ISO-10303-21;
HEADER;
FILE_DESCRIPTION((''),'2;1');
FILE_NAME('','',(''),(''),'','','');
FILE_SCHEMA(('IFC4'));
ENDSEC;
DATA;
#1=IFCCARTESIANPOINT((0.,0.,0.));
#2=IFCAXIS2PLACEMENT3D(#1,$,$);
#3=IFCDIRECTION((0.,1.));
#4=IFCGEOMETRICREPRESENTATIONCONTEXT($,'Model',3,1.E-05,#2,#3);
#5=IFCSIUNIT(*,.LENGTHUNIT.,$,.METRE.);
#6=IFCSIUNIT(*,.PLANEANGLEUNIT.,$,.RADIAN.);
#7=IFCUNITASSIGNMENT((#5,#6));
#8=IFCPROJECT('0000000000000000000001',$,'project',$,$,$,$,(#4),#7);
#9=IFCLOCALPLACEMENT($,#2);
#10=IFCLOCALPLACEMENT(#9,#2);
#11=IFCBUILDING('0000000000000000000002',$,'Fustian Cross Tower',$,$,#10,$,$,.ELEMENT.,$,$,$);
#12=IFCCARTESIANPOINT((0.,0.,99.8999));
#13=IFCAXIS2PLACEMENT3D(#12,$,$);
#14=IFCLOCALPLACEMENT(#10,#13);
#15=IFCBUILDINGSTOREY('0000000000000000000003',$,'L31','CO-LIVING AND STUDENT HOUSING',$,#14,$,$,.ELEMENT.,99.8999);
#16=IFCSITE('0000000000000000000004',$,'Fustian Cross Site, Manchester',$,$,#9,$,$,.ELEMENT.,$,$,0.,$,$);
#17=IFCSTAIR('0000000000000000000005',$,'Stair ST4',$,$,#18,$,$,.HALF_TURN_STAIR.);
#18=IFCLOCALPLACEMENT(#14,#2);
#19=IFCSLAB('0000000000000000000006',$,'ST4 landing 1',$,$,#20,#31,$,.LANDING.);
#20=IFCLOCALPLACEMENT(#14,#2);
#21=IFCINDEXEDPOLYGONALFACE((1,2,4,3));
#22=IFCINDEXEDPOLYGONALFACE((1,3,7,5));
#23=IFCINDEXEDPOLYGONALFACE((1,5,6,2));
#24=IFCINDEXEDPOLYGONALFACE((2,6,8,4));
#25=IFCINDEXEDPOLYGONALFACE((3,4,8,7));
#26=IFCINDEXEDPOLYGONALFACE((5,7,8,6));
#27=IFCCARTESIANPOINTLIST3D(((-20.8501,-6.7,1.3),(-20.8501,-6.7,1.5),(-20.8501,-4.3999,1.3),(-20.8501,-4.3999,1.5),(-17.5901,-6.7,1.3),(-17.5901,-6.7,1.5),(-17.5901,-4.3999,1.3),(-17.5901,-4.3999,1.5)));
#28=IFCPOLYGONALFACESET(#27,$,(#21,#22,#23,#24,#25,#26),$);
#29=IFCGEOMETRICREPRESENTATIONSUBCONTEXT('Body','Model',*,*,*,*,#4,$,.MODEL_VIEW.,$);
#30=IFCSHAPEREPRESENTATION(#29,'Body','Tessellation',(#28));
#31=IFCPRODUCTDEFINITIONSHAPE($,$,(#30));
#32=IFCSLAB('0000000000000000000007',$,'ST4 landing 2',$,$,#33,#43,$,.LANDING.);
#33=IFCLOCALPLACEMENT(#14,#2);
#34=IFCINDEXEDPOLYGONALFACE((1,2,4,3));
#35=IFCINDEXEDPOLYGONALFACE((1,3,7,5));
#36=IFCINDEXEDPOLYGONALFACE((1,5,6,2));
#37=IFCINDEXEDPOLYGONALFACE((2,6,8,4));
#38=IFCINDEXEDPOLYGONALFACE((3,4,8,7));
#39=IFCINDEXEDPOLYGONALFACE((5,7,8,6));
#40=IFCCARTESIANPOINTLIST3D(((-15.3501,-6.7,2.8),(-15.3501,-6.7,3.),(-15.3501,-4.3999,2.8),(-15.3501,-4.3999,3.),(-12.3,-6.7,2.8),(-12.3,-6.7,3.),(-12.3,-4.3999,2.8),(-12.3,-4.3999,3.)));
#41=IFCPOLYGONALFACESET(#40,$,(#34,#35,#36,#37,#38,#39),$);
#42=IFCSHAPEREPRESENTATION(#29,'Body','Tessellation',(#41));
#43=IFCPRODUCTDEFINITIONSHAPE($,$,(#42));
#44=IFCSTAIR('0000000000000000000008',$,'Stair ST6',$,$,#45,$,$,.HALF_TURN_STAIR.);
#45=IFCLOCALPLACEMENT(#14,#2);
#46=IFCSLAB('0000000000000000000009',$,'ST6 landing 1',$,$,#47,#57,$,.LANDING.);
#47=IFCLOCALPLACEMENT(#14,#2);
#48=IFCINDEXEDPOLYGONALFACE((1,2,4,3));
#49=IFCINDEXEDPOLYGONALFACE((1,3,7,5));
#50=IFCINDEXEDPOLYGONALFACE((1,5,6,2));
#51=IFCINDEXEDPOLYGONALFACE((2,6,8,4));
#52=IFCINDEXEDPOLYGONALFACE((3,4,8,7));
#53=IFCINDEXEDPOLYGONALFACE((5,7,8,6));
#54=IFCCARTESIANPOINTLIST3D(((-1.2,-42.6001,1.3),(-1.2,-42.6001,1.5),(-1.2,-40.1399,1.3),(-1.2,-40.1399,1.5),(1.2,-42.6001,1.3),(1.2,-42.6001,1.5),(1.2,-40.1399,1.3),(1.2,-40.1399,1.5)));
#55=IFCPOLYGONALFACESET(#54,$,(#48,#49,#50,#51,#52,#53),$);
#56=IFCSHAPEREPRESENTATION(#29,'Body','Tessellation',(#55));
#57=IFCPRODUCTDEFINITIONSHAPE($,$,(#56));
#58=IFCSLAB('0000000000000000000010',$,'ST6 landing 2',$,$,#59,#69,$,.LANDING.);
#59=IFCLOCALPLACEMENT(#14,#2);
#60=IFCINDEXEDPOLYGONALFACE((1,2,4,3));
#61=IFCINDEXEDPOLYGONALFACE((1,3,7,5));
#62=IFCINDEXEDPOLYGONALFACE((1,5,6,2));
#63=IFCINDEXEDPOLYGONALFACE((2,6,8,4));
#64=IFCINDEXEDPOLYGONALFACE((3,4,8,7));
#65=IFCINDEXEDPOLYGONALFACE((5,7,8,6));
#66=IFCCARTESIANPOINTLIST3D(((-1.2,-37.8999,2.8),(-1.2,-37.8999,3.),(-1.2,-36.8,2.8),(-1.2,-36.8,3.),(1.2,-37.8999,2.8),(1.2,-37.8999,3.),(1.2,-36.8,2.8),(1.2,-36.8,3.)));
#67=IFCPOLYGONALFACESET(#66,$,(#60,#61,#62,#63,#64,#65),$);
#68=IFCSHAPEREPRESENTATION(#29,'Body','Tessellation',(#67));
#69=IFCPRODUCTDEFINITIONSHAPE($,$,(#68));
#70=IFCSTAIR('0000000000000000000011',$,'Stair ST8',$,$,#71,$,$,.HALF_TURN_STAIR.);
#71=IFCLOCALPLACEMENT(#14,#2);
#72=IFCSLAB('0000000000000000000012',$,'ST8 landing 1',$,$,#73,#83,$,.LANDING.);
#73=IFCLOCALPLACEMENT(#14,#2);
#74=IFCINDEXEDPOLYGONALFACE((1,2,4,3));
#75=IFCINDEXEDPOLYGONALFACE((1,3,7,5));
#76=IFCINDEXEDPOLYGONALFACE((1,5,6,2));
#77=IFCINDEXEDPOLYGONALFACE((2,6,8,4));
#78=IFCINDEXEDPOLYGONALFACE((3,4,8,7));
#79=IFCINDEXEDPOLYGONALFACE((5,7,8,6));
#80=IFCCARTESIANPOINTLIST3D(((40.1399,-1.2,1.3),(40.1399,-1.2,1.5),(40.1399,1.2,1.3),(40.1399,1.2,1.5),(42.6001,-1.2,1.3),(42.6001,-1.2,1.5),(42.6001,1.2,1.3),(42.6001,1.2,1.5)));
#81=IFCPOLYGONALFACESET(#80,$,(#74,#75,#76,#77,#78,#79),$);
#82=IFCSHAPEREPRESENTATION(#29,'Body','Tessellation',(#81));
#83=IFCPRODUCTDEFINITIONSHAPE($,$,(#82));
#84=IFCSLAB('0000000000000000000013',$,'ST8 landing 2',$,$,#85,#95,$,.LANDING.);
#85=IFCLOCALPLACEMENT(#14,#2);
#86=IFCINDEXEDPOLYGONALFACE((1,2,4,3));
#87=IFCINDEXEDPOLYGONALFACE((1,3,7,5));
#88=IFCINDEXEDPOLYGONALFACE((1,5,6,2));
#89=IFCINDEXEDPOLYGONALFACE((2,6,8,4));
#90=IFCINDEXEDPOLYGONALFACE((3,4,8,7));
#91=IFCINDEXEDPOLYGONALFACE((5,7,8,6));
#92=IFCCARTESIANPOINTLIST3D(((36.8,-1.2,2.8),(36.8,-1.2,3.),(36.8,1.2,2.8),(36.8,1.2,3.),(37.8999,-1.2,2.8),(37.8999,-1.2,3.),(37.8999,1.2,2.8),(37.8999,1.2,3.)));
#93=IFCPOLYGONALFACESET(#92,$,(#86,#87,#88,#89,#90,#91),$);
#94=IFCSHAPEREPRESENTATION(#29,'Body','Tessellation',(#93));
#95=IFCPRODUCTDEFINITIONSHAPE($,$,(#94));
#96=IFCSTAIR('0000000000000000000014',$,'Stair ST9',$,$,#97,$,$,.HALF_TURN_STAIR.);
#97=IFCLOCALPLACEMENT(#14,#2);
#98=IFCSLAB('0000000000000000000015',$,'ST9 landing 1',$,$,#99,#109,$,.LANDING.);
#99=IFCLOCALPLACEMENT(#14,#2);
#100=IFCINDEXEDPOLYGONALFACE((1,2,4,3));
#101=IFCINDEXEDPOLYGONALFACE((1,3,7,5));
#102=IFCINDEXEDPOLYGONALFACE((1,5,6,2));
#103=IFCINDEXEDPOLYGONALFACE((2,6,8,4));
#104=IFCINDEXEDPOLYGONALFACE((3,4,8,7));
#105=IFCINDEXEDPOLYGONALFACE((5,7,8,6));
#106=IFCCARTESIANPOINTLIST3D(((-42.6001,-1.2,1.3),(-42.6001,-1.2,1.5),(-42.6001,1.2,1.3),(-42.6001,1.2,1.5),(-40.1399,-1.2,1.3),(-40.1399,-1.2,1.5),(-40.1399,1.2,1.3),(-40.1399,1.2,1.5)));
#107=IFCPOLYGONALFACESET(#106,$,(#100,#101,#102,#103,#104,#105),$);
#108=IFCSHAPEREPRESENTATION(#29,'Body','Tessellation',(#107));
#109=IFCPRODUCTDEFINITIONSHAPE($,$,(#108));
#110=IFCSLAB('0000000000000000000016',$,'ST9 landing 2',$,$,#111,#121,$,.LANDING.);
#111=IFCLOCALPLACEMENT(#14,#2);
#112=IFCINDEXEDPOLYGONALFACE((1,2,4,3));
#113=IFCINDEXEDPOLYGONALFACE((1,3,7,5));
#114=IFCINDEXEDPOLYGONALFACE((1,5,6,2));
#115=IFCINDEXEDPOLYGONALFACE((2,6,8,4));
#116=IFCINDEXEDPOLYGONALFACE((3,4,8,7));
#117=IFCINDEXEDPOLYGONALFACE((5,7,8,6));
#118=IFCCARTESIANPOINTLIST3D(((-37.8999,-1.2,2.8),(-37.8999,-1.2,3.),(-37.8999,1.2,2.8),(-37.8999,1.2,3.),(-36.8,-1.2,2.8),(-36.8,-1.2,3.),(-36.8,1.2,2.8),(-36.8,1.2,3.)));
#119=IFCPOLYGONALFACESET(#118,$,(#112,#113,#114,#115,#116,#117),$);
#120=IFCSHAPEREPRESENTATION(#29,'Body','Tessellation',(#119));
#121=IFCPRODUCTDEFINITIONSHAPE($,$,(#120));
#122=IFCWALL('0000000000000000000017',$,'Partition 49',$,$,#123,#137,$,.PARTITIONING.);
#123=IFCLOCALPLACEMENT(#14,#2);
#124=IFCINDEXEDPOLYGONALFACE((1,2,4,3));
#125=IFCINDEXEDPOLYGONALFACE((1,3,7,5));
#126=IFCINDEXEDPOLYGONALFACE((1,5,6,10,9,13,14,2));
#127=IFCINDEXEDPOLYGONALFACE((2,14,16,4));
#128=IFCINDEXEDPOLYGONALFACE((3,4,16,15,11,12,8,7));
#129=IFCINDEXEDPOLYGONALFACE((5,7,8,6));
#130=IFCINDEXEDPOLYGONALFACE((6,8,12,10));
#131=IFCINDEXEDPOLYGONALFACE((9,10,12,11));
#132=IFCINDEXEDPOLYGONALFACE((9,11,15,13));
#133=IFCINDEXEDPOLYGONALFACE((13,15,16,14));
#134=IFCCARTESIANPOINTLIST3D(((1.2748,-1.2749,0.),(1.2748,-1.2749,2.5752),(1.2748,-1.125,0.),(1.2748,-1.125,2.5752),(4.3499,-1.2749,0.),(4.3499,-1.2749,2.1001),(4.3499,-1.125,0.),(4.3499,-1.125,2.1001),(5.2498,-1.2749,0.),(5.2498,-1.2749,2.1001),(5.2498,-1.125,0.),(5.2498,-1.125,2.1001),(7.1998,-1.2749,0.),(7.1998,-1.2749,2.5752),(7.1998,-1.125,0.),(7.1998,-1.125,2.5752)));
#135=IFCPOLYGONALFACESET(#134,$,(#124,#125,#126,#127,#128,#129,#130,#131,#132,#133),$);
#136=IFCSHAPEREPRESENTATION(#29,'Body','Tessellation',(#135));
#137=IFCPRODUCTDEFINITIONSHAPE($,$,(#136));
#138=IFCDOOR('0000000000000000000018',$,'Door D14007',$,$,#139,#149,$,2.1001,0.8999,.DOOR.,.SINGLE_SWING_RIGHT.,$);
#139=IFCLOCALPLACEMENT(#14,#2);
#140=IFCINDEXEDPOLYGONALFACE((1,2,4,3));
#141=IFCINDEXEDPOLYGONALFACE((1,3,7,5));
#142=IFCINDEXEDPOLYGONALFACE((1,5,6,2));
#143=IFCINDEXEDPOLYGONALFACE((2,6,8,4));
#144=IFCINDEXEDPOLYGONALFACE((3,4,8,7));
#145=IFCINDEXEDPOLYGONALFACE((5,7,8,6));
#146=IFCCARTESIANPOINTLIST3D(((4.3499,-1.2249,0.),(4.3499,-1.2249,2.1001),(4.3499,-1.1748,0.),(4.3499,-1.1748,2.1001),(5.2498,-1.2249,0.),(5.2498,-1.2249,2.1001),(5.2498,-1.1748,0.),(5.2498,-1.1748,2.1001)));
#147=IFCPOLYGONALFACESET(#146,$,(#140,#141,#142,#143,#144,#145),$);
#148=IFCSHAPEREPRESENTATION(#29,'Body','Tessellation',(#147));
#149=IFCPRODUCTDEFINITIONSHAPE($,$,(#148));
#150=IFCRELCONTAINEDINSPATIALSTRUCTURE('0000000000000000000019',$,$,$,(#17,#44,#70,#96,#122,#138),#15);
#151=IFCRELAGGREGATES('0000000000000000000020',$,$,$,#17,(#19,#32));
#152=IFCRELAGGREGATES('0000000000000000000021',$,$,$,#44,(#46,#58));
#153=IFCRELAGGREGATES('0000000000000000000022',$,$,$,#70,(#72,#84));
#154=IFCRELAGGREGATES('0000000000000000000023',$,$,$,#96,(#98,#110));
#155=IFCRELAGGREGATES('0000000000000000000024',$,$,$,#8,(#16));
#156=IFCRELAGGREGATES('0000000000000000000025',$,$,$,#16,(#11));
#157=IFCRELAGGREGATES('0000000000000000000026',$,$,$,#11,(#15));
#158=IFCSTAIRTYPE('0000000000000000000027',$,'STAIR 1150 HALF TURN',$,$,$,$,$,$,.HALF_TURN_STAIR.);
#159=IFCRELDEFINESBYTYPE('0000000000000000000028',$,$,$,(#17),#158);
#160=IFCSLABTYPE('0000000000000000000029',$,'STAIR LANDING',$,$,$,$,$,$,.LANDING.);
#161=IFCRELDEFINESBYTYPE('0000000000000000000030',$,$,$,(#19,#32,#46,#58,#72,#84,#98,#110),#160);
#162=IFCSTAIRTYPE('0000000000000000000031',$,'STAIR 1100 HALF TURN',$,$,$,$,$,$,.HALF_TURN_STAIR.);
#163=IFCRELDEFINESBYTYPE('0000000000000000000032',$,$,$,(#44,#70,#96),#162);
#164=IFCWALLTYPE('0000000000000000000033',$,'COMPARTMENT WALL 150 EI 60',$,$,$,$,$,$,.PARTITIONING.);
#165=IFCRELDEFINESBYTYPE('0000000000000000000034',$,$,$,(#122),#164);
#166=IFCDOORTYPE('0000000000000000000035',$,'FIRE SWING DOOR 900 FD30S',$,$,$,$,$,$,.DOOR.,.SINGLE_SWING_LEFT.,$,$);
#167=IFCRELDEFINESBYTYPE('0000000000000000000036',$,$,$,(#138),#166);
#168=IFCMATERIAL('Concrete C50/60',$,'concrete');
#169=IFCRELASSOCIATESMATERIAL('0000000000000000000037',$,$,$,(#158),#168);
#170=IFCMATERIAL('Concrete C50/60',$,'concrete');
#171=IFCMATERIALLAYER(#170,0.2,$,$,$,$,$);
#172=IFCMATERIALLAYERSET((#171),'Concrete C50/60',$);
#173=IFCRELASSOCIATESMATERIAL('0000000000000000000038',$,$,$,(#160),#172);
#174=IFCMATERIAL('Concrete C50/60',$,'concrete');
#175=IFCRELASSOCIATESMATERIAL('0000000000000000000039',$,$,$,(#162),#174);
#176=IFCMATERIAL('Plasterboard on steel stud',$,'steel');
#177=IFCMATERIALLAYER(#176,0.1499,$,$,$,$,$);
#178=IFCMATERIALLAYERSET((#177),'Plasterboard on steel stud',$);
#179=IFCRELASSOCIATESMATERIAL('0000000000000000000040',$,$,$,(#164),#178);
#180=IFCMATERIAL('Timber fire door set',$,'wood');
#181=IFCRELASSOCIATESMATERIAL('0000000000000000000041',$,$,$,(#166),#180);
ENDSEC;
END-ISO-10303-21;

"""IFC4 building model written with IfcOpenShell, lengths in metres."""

from ifc_helpers import new_model, si_unit, direction, frame, frame_2d, origin, place, context, subcontext, project, spatial, polyline, rectangle, outline, extrude, material, layer, layer_set, type_object, element, fill, aggregate, save


model = new_model("IFC4")

# Units and contexts
model_context = context("Model", 3, precision=1e-05, world=origin(), true_north=direction((0.0, 1.0)))
body_context = subcontext(model_context, "Body", "Model", "MODEL_VIEW")
ifc_project = project(units=[si_unit("LENGTHUNIT", "METRE"), si_unit("PLANEANGLEUNIT", "RADIAN")], contexts=[model_context])

# Site, building, storey
site_placement = place(None, origin())
site = spatial("IfcSite", under=ifc_project, at=site_placement, Name="Fustian Cross Site, Manchester", CompositionType="ELEMENT", RefElevation=0.0)
building_placement = place(site_placement, origin())
building = spatial("IfcBuilding", under=site, at=building_placement, Name="Fustian Cross Tower", CompositionType="ELEMENT")
storey_placement = place(building_placement, frame((0.0, 0.0, 99.8999)))
storey = spatial("IfcBuildingStorey", under=building, at=storey_placement, Name="L31", Description="CO-LIVING AND STUDENT HOUSING", CompositionType="ELEMENT", Elevation=99.8999)

# Stairs, slabs
ifc_material_1 = material(Name="Concrete C50/60", Category="concrete")
stair_type_1 = type_object("IfcStairType", Name="STAIR 1150 HALF TURN", PredefinedType="HALF_TURN_STAIR", material=ifc_material_1)
stair_1_placement = place(storey_placement, origin())
stair_1 = element("IfcStair", 1, at=stair_1_placement, inside=storey, type_object=stair_type_1, Name="Stair ST4", PredefinedType="HALF_TURN_STAIR")
ifc_material_2 = material(Name="Concrete C50/60", Category="concrete")
ifc_layer_1 = layer(ifc_material_2, 0.2)
ifc_layer_set_1 = layer_set([ifc_layer_1], Name="Concrete C50/60")
slab_type = type_object("IfcSlabType", Name="STAIR LANDING", PredefinedType="LANDING", material=ifc_layer_set_1)
slab_1_placement = place(storey_placement, frame((0.0, 0.0, 1.3)))
slab_1 = element("IfcSlab", 2, at=slab_1_placement, type_object=slab_type, Name="ST4 landing 1", PredefinedType="LANDING", context=body_context, shape_type="SweptSolid", body=[
    extrude(outline(polyline([(-17.5901, -4.3999), (-20.8501, -4.3999), (-20.8501, -6.7), (-17.5901, -6.7), (-17.5901, -4.3999)])), origin(), (0.0, 0.0, 1.0), 0.2),
])
slab_2_placement = place(storey_placement, frame((0.0, 0.0, 2.8)))
slab_2 = element("IfcSlab", 3, at=slab_2_placement, type_object=slab_type, Name="ST4 landing 2", PredefinedType="LANDING", context=body_context, shape_type="SweptSolid", body=[
    extrude(outline(polyline([(-12.3, -4.3999), (-15.3501, -4.3999), (-15.3501, -6.7), (-12.3, -6.7), (-12.3, -4.3999)])), origin(), (0.0, 0.0, 1.0), 0.2),
])
aggregate(stair_1, [slab_1, slab_2])
ifc_material_3 = material(Name="Concrete C50/60", Category="concrete")
stair_type_2 = type_object("IfcStairType", Name="STAIR 1100 HALF TURN", PredefinedType="HALF_TURN_STAIR", material=ifc_material_3)
stair_2_placement = place(storey_placement, origin())
stair_2 = element("IfcStair", 4, at=stair_2_placement, inside=storey, type_object=stair_type_2, Name="Stair ST6", PredefinedType="HALF_TURN_STAIR")
slab_3_placement = place(storey_placement, frame((0.0, 0.0, 1.3)))
slab_3 = element("IfcSlab", 5, at=slab_3_placement, type_object=slab_type, Name="ST6 landing 1", PredefinedType="LANDING", context=body_context, shape_type="SweptSolid", body=[
    extrude(outline(polyline([(-1.2, -40.1399), (-1.2, -42.6001), (1.2, -42.6001), (1.2, -40.1399), (-1.2, -40.1399)])), origin(), (0.0, 0.0, 1.0), 0.2),
])
slab_4_placement = place(storey_placement, frame((0.0, 0.0, 2.8)))
slab_4 = element("IfcSlab", 6, at=slab_4_placement, type_object=slab_type, Name="ST6 landing 2", PredefinedType="LANDING", context=body_context, shape_type="SweptSolid", body=[
    extrude(outline(polyline([(-1.2, -36.8), (-1.2, -37.8999), (1.2, -37.8999), (1.2, -36.8), (-1.2, -36.8)])), origin(), (0.0, 0.0, 1.0), 0.2),
])
aggregate(stair_2, [slab_3, slab_4])
stair_3_placement = place(storey_placement, origin())
stair_3 = element("IfcStair", 7, at=stair_3_placement, inside=storey, type_object=stair_type_2, Name="Stair ST8", PredefinedType="HALF_TURN_STAIR")
slab_5_placement = place(storey_placement, frame((0.0, 0.0, 1.3)))
slab_5 = element("IfcSlab", 8, at=slab_5_placement, type_object=slab_type, Name="ST8 landing 1", PredefinedType="LANDING", context=body_context, shape_type="SweptSolid", body=[
    extrude(outline(polyline([(40.1399, -1.2), (42.6001, -1.2), (42.6001, 1.2), (40.1399, 1.2), (40.1399, -1.2)])), origin(), (0.0, 0.0, 1.0), 0.2),
])
slab_6_placement = place(storey_placement, frame((0.0, 0.0, 2.8)))
slab_6 = element("IfcSlab", 9, at=slab_6_placement, type_object=slab_type, Name="ST8 landing 2", PredefinedType="LANDING", context=body_context, shape_type="SweptSolid", body=[
    extrude(outline(polyline([(36.8, -1.2), (37.8999, -1.2), (37.8999, 1.2), (36.8, 1.2), (36.8, -1.2)])), origin(), (0.0, 0.0, 1.0), 0.2),
])
aggregate(stair_3, [slab_5, slab_6])
stair_4_placement = place(storey_placement, origin())
stair_4 = element("IfcStair", 10, at=stair_4_placement, inside=storey, type_object=stair_type_2, Name="Stair ST9", PredefinedType="HALF_TURN_STAIR")
slab_7_placement = place(storey_placement, frame((0.0, 0.0, 1.3)))
slab_7 = element("IfcSlab", 11, at=slab_7_placement, type_object=slab_type, Name="ST9 landing 1", PredefinedType="LANDING", context=body_context, shape_type="SweptSolid", body=[
    extrude(outline(polyline([(-40.1399, -1.2), (-42.6001, -1.2), (-42.6001, 1.2), (-40.1399, 1.2), (-40.1399, -1.2)])), origin(), (0.0, 0.0, 1.0), 0.2),
])
slab_8_placement = place(storey_placement, frame((0.0, 0.0, 2.8)))
slab_8 = element("IfcSlab", 12, at=slab_8_placement, type_object=slab_type, Name="ST9 landing 2", PredefinedType="LANDING", context=body_context, shape_type="SweptSolid", body=[
    extrude(outline(polyline([(-36.8, -1.2), (-37.8999, -1.2), (-37.8999, 1.2), (-36.8, 1.2), (-36.8, -1.2)])), origin(), (0.0, 0.0, 1.0), 0.2),
])
aggregate(stair_4, [slab_7, slab_8])

# Wall, opening, door
ifc_material_4 = material(Name="Plasterboard on steel stud", Category="steel")
ifc_layer_2 = layer(ifc_material_4, 0.1499)
ifc_layer_set_2 = layer_set([ifc_layer_2], Name="Plasterboard on steel stud")
wall_type_1 = type_object("IfcWallType", Name="COMPARTMENT WALL 150 EI 60", PredefinedType="PARTITIONING", material=ifc_layer_set_2)
wall_1_placement = place(storey_placement, frame((1.2749, -1.2, 0.0), z_axis=(0.0, 0.0, 1.0), x_axis=(1.0, 0.0, 0.0)))
wall_1 = element("IfcWall", 13, at=wall_1_placement, inside=storey, type_object=wall_type_1, Name="Partition 49", PredefinedType="PARTITIONING", context=body_context, shape_type="SweptSolid", body=[
    extrude(rectangle(XDim=5.925, YDim=0.1499, at=frame_2d((2.9624, 0.0))), origin(), (0.0, 0.0, 1.0), 2.5752),
])
opening_1_placement = place(wall_1_placement, frame((3.075, 0.0, 0.0)))
opening_1 = element("IfcOpeningElement", 14, at=opening_1_placement, cuts=wall_1, PredefinedType="OPENING", context=body_context, shape_type="SweptSolid", body=[
    extrude(rectangle(XDim=0.8999, YDim=2.1001, at=frame_2d((0.45, 1.05))), frame((0.0, 0.085, 0.0), z_axis=(0.0, -1.0, 0.0), x_axis=(1.0, 0.0, 0.0)), (0.0, 0.0, 1.0), 0.1699),
])
ifc_material_5 = material(Name="Timber fire door set", Category="wood")
door_type_1 = type_object("IfcDoorType", Name="FIRE SWING DOOR 900 FD30S", OperationType="SINGLE_SWING_LEFT", PredefinedType="DOOR", material=ifc_material_5)
door_1_placement = place(opening_1_placement, frame((0.8999, 0.0, 0.0), z_axis=(0.0, 0.0, 1.0), x_axis=(-1.0, 0.0, 0.0)))
door_1 = element("IfcDoor", 15, at=door_1_placement, inside=storey, type_object=door_type_1, Name="Door D14007", OperationType="SINGLE_SWING_RIGHT", OverallHeight=2.1001, OverallWidth=0.8999, PredefinedType="DOOR", context=body_context, shape_type="SweptSolid", body=[
    extrude(rectangle(XDim=0.8999, YDim=2.1001, at=frame_2d((0.45, 1.05))), frame((0.0, 0.0249, 0.0), z_axis=(0.0, -1.0, 0.0), x_axis=(1.0, 0.0, 0.0)), (0.0, 0.0, 1.0), 0.05),
])
fill(opening_1, door_1)

save(model, "model.ifc")
